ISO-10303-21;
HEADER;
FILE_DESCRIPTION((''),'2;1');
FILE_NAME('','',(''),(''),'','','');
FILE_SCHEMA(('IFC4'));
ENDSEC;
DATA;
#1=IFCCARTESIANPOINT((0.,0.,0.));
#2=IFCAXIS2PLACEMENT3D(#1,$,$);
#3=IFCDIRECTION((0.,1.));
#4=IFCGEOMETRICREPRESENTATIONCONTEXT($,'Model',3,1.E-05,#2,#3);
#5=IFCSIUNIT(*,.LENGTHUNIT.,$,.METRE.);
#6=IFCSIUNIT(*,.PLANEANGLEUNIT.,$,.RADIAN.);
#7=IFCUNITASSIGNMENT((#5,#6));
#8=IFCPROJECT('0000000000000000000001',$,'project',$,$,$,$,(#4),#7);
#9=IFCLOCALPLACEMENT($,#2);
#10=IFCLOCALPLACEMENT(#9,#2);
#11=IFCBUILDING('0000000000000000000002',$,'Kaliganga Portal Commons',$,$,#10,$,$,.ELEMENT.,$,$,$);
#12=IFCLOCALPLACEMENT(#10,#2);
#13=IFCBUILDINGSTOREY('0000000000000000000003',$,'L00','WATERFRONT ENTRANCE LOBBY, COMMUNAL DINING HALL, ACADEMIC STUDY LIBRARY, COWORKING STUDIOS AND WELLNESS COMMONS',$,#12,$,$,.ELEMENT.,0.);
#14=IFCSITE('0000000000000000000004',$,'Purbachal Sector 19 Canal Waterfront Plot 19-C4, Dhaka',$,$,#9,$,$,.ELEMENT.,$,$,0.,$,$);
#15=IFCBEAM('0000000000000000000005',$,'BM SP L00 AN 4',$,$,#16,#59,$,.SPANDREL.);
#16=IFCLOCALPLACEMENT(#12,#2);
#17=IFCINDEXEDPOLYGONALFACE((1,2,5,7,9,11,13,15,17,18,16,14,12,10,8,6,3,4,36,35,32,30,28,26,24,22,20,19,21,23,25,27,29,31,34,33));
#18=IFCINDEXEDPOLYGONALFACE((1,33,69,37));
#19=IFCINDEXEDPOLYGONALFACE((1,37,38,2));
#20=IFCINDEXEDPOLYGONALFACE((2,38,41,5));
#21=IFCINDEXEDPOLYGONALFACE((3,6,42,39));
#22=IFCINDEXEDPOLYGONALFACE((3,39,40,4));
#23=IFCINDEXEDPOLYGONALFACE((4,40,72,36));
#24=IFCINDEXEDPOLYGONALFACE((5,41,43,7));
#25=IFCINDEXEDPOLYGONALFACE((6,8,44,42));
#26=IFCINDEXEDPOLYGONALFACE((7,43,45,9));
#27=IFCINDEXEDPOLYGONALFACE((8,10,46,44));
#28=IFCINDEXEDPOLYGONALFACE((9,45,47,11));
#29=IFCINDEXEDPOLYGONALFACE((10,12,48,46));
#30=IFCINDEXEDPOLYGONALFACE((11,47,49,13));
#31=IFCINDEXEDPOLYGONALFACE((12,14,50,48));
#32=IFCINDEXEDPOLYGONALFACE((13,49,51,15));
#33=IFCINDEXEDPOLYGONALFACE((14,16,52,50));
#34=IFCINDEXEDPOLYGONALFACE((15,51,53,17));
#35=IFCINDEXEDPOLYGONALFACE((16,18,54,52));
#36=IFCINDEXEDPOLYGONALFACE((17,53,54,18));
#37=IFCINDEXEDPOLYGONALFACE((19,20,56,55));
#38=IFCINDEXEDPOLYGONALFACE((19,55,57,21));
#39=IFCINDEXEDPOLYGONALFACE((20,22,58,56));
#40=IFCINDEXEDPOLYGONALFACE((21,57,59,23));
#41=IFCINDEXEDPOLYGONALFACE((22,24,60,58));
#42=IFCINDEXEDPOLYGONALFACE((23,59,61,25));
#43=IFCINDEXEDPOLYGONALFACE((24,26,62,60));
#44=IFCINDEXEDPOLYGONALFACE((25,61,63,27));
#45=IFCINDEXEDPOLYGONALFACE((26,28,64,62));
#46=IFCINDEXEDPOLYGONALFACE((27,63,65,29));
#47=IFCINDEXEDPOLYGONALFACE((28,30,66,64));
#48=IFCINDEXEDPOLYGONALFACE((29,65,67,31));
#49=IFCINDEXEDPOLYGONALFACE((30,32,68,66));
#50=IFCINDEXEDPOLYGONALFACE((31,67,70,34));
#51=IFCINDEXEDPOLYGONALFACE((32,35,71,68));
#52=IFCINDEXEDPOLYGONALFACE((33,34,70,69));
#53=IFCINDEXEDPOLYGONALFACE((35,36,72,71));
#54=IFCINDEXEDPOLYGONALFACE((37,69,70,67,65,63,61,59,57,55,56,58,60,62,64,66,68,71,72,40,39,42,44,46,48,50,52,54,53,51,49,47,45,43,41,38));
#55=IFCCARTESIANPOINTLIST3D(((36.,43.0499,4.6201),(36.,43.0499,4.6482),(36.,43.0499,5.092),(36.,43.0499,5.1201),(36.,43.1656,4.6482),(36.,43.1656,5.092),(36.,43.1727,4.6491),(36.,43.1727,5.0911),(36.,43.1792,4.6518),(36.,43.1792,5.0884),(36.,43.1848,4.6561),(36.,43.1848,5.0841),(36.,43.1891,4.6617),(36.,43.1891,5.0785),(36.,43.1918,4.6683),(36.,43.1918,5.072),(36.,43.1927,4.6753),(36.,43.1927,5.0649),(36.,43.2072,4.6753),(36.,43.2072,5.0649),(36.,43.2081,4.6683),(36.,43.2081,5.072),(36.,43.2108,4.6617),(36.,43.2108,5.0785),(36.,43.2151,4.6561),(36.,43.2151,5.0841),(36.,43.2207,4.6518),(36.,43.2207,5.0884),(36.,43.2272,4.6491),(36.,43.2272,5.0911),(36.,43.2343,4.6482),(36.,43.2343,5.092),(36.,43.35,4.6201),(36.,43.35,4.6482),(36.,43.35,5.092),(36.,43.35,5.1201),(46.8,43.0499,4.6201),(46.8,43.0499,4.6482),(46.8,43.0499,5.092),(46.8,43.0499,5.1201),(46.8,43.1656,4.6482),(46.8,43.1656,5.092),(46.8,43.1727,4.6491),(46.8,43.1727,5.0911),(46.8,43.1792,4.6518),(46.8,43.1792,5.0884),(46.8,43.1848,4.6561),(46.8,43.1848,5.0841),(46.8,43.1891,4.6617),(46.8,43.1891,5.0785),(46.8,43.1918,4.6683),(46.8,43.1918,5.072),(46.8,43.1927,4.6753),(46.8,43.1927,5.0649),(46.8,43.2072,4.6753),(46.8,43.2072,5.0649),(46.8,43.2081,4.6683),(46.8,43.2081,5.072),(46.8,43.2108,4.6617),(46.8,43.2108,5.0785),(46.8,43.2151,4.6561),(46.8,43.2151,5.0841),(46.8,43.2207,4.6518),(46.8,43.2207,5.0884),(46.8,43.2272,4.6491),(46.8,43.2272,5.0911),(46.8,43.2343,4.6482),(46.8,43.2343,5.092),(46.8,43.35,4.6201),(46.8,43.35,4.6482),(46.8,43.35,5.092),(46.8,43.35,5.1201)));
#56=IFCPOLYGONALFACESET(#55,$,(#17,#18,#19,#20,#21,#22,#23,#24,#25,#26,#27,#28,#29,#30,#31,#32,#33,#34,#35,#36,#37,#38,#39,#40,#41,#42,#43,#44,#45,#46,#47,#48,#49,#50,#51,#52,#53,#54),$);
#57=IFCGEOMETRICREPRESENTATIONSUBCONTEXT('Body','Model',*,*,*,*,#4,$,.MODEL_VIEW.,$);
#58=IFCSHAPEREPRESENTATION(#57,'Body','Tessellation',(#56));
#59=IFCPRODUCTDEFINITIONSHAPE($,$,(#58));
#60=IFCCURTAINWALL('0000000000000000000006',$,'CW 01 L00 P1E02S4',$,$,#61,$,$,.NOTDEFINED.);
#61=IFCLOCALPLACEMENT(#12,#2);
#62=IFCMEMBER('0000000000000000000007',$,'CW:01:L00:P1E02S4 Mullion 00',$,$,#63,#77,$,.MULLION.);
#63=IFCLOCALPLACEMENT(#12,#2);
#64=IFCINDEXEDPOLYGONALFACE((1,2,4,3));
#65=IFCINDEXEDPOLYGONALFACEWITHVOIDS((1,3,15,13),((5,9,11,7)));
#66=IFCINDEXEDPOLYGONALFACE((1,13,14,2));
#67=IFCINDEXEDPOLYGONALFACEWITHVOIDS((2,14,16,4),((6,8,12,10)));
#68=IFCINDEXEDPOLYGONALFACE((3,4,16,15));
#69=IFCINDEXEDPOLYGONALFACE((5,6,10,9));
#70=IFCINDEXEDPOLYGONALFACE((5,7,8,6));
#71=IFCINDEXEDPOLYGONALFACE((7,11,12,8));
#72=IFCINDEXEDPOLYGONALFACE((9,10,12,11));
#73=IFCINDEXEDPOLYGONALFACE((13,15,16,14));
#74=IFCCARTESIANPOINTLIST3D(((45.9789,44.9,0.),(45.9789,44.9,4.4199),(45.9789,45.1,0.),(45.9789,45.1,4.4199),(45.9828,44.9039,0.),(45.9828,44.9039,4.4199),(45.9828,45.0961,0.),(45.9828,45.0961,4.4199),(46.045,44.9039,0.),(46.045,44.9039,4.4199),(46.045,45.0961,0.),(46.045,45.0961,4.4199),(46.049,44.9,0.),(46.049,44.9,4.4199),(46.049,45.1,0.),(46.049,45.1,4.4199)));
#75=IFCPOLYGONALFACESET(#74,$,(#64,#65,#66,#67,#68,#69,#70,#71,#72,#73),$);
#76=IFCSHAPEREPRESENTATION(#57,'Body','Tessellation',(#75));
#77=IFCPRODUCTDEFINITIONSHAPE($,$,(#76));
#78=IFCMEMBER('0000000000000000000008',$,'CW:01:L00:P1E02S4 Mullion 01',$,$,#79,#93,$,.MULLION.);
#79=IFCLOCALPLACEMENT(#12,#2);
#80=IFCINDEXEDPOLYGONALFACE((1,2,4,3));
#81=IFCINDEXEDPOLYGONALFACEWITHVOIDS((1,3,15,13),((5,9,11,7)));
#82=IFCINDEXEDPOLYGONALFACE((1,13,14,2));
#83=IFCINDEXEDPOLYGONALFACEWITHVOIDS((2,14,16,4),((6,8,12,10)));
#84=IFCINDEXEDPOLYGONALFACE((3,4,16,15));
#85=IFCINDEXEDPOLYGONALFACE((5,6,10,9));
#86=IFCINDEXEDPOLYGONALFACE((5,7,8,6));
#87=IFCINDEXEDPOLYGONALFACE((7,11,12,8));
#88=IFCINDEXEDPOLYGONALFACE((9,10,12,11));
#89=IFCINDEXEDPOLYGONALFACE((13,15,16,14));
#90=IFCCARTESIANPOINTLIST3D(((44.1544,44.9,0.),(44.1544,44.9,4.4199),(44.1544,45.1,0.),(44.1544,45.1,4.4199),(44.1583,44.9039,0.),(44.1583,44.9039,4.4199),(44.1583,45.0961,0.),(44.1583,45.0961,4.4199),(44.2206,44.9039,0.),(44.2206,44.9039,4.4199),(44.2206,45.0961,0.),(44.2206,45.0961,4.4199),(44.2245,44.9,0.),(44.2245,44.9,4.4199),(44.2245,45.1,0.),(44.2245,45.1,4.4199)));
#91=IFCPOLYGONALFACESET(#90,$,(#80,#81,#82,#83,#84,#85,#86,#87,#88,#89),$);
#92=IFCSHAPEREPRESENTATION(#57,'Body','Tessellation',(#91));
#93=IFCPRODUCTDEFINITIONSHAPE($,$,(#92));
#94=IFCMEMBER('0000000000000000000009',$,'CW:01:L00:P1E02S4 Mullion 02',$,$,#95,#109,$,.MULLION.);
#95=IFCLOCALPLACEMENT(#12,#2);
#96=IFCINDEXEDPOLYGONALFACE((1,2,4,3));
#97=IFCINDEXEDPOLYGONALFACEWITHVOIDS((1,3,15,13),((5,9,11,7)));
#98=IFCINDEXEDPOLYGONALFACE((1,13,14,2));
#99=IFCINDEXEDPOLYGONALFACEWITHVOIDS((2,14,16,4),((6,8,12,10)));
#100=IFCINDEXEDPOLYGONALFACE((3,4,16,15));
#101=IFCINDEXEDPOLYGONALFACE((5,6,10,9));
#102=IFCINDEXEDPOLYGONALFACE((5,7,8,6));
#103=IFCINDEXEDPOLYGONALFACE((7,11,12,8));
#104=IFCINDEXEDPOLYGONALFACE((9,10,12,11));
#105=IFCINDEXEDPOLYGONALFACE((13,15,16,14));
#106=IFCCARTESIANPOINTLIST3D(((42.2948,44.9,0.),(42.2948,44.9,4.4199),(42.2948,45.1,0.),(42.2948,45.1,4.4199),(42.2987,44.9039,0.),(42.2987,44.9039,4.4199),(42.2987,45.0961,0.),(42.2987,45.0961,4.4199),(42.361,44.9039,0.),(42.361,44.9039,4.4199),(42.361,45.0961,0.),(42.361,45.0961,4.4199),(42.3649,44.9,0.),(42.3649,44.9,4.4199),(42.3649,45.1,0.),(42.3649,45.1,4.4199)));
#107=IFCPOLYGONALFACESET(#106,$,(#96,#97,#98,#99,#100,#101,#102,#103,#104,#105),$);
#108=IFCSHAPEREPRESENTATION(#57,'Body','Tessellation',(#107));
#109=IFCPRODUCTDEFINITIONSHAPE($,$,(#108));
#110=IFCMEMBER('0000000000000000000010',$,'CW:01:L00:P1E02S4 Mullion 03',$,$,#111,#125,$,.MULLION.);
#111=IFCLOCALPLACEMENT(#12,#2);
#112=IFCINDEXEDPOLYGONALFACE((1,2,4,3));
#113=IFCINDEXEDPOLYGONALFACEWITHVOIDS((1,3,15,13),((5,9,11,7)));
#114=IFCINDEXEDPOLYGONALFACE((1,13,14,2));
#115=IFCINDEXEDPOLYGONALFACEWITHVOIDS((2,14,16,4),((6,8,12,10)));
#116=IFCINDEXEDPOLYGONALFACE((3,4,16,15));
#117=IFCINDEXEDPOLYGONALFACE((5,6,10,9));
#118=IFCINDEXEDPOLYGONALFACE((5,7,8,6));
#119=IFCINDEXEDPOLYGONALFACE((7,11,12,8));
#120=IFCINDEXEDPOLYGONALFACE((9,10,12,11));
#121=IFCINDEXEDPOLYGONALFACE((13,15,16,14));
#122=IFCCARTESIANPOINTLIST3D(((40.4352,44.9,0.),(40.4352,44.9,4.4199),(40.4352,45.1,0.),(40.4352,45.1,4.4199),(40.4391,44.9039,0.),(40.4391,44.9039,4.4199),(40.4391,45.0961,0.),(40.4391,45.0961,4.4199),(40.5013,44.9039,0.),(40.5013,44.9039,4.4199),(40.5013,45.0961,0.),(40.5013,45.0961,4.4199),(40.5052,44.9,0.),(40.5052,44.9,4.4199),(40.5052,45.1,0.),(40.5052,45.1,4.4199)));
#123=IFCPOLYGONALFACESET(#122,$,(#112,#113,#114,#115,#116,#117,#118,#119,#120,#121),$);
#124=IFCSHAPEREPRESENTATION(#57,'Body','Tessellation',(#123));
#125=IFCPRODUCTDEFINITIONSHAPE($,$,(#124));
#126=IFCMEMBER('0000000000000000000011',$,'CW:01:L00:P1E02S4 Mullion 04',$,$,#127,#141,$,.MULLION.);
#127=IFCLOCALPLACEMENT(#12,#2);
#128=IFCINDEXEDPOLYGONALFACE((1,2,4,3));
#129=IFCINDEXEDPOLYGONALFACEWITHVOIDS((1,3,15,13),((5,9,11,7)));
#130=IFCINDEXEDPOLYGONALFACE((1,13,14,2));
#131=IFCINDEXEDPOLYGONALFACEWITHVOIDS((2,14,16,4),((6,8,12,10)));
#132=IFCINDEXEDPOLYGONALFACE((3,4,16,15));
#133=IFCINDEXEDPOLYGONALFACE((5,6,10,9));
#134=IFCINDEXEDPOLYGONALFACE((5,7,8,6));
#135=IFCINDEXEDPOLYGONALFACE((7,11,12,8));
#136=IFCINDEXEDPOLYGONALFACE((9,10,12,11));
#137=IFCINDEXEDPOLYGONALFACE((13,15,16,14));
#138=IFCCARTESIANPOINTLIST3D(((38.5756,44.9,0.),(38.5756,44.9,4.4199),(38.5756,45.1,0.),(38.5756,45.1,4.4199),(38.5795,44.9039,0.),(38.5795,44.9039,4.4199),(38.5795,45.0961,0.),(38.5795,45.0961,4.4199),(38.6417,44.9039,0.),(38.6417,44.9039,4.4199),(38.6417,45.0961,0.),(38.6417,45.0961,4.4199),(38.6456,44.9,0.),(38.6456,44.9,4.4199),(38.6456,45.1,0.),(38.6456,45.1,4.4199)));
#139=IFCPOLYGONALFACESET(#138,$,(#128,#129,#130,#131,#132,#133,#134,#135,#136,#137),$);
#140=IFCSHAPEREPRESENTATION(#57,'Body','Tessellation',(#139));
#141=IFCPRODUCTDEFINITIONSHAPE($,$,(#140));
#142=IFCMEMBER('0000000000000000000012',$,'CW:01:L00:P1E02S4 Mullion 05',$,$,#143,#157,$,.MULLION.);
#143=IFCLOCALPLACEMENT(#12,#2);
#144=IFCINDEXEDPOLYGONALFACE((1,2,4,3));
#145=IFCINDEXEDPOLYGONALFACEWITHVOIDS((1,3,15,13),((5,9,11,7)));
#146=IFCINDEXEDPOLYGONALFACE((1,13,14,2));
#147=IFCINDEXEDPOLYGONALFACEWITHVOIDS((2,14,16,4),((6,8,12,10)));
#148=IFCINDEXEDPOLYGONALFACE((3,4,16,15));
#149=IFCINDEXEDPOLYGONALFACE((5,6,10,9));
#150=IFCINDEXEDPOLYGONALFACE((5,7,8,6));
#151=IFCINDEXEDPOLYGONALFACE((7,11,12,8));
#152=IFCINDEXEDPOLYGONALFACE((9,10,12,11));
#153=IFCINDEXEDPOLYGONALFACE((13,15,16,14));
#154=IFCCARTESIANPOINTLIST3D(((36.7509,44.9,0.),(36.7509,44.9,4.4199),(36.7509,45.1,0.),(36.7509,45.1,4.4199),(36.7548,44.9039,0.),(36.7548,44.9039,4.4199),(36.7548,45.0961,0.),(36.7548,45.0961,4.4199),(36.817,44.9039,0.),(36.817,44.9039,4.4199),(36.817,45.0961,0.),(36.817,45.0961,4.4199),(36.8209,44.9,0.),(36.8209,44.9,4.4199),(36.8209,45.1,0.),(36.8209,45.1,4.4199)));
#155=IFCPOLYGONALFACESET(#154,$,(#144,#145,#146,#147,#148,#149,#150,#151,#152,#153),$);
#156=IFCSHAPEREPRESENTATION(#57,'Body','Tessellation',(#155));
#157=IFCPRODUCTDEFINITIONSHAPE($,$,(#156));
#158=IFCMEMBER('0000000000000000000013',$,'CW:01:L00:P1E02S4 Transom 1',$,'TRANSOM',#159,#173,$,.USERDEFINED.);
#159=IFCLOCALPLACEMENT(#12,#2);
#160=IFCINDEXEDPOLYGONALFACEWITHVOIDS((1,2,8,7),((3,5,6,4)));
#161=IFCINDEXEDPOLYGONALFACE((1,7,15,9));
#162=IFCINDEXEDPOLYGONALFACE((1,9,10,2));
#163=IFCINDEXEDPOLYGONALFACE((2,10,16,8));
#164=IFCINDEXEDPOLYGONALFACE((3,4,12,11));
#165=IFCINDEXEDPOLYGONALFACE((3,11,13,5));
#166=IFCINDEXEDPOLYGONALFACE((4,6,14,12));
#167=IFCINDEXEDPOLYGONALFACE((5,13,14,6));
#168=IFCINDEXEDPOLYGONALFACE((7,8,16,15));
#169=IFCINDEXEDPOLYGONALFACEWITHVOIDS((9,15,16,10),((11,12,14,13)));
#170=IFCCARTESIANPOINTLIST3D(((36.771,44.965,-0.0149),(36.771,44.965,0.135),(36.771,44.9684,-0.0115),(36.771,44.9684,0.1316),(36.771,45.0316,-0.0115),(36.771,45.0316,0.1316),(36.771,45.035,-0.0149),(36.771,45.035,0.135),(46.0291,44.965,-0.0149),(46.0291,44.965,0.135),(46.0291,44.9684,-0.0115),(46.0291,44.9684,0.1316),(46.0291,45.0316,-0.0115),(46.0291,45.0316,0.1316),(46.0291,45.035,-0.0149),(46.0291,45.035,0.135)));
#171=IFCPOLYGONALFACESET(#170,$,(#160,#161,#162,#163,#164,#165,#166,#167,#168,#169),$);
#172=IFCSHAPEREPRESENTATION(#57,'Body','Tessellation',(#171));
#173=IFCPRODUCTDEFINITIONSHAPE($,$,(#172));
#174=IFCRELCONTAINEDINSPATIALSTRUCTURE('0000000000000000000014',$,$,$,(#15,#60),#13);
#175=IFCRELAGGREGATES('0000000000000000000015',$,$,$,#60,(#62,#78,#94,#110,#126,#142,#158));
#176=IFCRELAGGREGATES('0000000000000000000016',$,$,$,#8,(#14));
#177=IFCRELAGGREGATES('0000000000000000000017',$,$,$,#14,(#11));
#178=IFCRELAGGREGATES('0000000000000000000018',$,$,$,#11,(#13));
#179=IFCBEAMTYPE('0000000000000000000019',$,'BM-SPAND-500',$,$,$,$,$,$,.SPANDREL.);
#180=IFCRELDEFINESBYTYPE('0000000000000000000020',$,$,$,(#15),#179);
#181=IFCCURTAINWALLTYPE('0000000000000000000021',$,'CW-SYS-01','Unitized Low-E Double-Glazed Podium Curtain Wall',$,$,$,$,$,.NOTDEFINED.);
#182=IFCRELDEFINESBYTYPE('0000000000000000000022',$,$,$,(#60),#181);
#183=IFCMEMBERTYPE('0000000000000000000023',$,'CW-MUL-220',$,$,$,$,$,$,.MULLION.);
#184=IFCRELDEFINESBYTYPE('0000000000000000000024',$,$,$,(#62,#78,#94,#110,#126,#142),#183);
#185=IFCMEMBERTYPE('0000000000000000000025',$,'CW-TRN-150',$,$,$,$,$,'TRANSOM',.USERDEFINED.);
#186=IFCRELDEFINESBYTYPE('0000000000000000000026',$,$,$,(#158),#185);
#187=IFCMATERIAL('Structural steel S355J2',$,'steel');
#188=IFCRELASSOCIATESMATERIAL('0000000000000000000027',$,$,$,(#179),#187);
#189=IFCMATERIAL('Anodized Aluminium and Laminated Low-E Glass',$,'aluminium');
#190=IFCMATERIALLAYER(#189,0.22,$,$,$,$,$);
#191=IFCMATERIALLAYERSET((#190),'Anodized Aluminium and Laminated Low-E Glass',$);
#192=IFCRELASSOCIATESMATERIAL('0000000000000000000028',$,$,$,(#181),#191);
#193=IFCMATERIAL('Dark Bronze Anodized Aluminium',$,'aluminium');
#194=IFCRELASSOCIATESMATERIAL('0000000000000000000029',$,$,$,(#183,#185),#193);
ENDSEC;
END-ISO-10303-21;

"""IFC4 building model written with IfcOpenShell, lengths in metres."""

from ifc_helpers import new_model, si_unit, direction, frame, origin, origin_2d, place, context, subcontext, project, spatial, hollow_rectangle, i_section, extrude, source, transform, mapped, material, layer, layer_set, material_profile, profile_set, type_object, element, aggregate, save


model = new_model("IFC4")

# Units and contexts
model_context = context("Model", 3, precision=1e-05, world=origin(), true_north=direction((0.0, 1.0)))
body_context = subcontext(model_context, "Body", "Model", "MODEL_VIEW")
ifc_project = project(units=[si_unit("LENGTHUNIT", "METRE"), si_unit("PLANEANGLEUNIT", "RADIAN")], contexts=[model_context])

# Site, building, storey
site_placement = place(None, origin())
site = spatial("IfcSite", under=ifc_project, at=site_placement, Name="Purbachal Sector 19 Canal Waterfront Plot 19-C4, Dhaka", CompositionType="ELEMENT", RefElevation=0.0)
building_placement = place(site_placement, origin())
building = spatial("IfcBuilding", under=site, at=building_placement, Name="Kaliganga Portal Commons", CompositionType="ELEMENT")
storey_placement = place(building_placement, origin())
storey = spatial("IfcBuildingStorey", under=building, at=storey_placement, Name="L00", Description="WATERFRONT ENTRANCE LOBBY, COMMUNAL DINING HALL, ACADEMIC STUDY LIBRARY, COWORKING STUDIOS AND WELLNESS COMMONS", CompositionType="ELEMENT", Elevation=0.0)

# Beam
ifc_material_1 = material(Name="Structural steel S355J2", Category="steel")
ifc_material_profile_1 = material_profile(ifc_material_1, i_section(OverallWidth=0.3, OverallDepth=0.5, WebThickness=0.0144, FlangeThickness=0.0281, FilletRadius=0.0271, at=origin_2d()), Name="HE 500 B")
ifc_profile_set_1 = profile_set([ifc_material_profile_1], Name="Structural steel S355J2 wide-flange")
beam_type_1 = type_object("IfcBeamType", Name="BM-SPAND-500", PredefinedType="SPANDREL", material=ifc_profile_set_1)
shared_shape_1 = source(origin(), body_context, "Body", "SweptSolid", [
    extrude(i_section(OverallWidth=0.3, OverallDepth=0.5, WebThickness=0.0144, FlangeThickness=0.0281, FilletRadius=0.0271, at=origin_2d()), origin(), (0.0, 0.0, 1.0), 10.8),
])
beam_1_placement = place(storey_placement, frame((36.0, 43.2, 4.8701), z_axis=(1.0, 0.0, 0.0), x_axis=(0.0, 1.0, 0.0)))
element("IfcBeam", 1, at=beam_1_placement, inside=storey, type_object=beam_type_1, Name="BM SP L00 AN 4", PredefinedType="SPANDREL", context=body_context, shape_type="MappedRepresentation", body=[
    mapped(shared_shape_1, transform((0.0, 0.0, 0.0), x_axis=(1.0, 0.0, 0.0), y_axis=(0.0, 1.0, 0.0), z_axis=(0.0, 0.0, 1.0), scale=1.0)),
])

# Curtain wall, members
ifc_material_2 = material(Name="Anodized Aluminium and Laminated Low-E Glass", Category="aluminium")
ifc_layer_1 = layer(ifc_material_2, 0.22)
ifc_layer_set_1 = layer_set([ifc_layer_1], Name="Anodized Aluminium and Laminated Low-E Glass")
curtain_wall_type = type_object("IfcCurtainWallType", Name="CW-SYS-01", Description="Unitized Low-E Double-Glazed Podium Curtain Wall", PredefinedType="NOTDEFINED", material=ifc_layer_set_1)
curtain_wall_placement = place(storey_placement, origin())
curtain_wall = element("IfcCurtainWall", 2, at=curtain_wall_placement, inside=storey, type_object=curtain_wall_type, Name="CW 01 L00 P1E02S4", PredefinedType="NOTDEFINED")
ifc_material_3 = material(Name="Dark Bronze Anodized Aluminium", Category="aluminium")
ifc_material_profile_2 = material_profile(ifc_material_3, hollow_rectangle(XDim=0.0701, YDim=0.2, WallThickness=0.0039, at=origin_2d()), Name="ALU MULL 70x200x4")
ifc_profile_set_2 = profile_set([ifc_material_profile_2], Name="Dark Bronze Anodized Aluminium")
member_type_1 = type_object("IfcMemberType", Name="CW-MUL-220", PredefinedType="MULLION", material=ifc_profile_set_2)
shared_shape_2 = source(origin(), body_context, "Body", "SweptSolid", [
    extrude(hollow_rectangle(XDim=0.0701, YDim=0.2, WallThickness=0.0039, at=origin_2d()), origin(), (0.0, 0.0, 1.0), 4.4199),
])
member_1_placement = place(storey_placement, frame((46.0139, 45.0, 0.0), z_axis=(0.0, 0.0, 1.0), x_axis=(-1.0, 0.0, 0.0)))
member_1 = element("IfcMember", 3, at=member_1_placement, type_object=member_type_1, Name="CW:01:L00:P1E02S4 Mullion 00", PredefinedType="MULLION", context=body_context, shape_type="MappedRepresentation", body=[
    mapped(shared_shape_2, transform((0.0, 0.0, 0.0), x_axis=(1.0, 0.0, 0.0), y_axis=(0.0, 1.0, 0.0), z_axis=(0.0, 0.0, 1.0), scale=1.0)),
])
member_2_placement = place(storey_placement, frame((44.1895, 45.0, 0.0), z_axis=(0.0, 0.0, 1.0), x_axis=(-1.0, 0.0, 0.0)))
member_2 = element("IfcMember", 4, at=member_2_placement, type_object=member_type_1, Name="CW:01:L00:P1E02S4 Mullion 01", PredefinedType="MULLION", context=body_context, shape_type="MappedRepresentation", body=[
    mapped(shared_shape_2, transform((0.0, 0.0, 0.0), x_axis=(1.0, 0.0, 0.0), y_axis=(0.0, 1.0, 0.0), z_axis=(0.0, 0.0, 1.0), scale=1.0)),
])
member_3_placement = place(storey_placement, frame((42.3298, 45.0, 0.0), z_axis=(0.0, 0.0, 1.0), x_axis=(-1.0, 0.0, 0.0)))
member_3 = element("IfcMember", 5, at=member_3_placement, type_object=member_type_1, Name="CW:01:L00:P1E02S4 Mullion 02", PredefinedType="MULLION", context=body_context, shape_type="MappedRepresentation", body=[
    mapped(shared_shape_2, transform((0.0, 0.0, 0.0), x_axis=(1.0, 0.0, 0.0), y_axis=(0.0, 1.0, 0.0), z_axis=(0.0, 0.0, 1.0), scale=1.0)),
])
member_4_placement = place(storey_placement, frame((40.4702, 45.0, 0.0), z_axis=(0.0, 0.0, 1.0), x_axis=(-1.0, 0.0, 0.0)))
member_4 = element("IfcMember", 6, at=member_4_placement, type_object=member_type_1, Name="CW:01:L00:P1E02S4 Mullion 03", PredefinedType="MULLION", context=body_context, shape_type="MappedRepresentation", body=[
    mapped(shared_shape_2, transform((0.0, 0.0, 0.0), x_axis=(1.0, 0.0, 0.0), y_axis=(0.0, 1.0, 0.0), z_axis=(0.0, 0.0, 1.0), scale=1.0)),
])
member_5_placement = place(storey_placement, frame((38.6106, 45.0, 0.0), z_axis=(0.0, 0.0, 1.0), x_axis=(-1.0, 0.0, 0.0)))
member_5 = element("IfcMember", 7, at=member_5_placement, type_object=member_type_1, Name="CW:01:L00:P1E02S4 Mullion 04", PredefinedType="MULLION", context=body_context, shape_type="MappedRepresentation", body=[
    mapped(shared_shape_2, transform((0.0, 0.0, 0.0), x_axis=(1.0, 0.0, 0.0), y_axis=(0.0, 1.0, 0.0), z_axis=(0.0, 0.0, 1.0), scale=1.0)),
])
member_6_placement = place(storey_placement, frame((36.7859, 45.0, 0.0), z_axis=(0.0, 0.0, 1.0), x_axis=(-1.0, 0.0, 0.0)))
member_6 = element("IfcMember", 8, at=member_6_placement, type_object=member_type_1, Name="CW:01:L00:P1E02S4 Mullion 05", PredefinedType="MULLION", context=body_context, shape_type="MappedRepresentation", body=[
    mapped(shared_shape_2, transform((0.0, 0.0, 0.0), x_axis=(1.0, 0.0, 0.0), y_axis=(0.0, 1.0, 0.0), z_axis=(0.0, 0.0, 1.0), scale=1.0)),
])
ifc_material_profile_3 = material_profile(ifc_material_3, hollow_rectangle(XDim=0.0701, YDim=0.1499, WallThickness=0.0034, at=origin_2d()), Name="ALU TRAN 70x150x3.5")
ifc_profile_set_3 = profile_set([ifc_material_profile_3], Name="Dark Bronze Anodized Aluminium")
member_type_2 = type_object("IfcMemberType", Name="CW-TRN-150", ElementType="TRANSOM", PredefinedType="USERDEFINED", material=ifc_profile_set_3)
shared_shape_3 = source(origin(), body_context, "Body", "SweptSolid", [
    extrude(hollow_rectangle(XDim=0.0701, YDim=0.1499, WallThickness=0.0034, at=origin_2d()), origin(), (0.0, 0.0, 1.0), 9.2581),
])
member_7_placement = place(storey_placement, frame((46.0291, 45.0, 0.0601), z_axis=(-1.0, 0.0, 0.0), x_axis=(0.0, -1.0, 0.0)))
member_7 = element("IfcMember", 9, at=member_7_placement, type_object=member_type_2, Name="CW:01:L00:P1E02S4 Transom 1", ObjectType="TRANSOM", PredefinedType="USERDEFINED", context=body_context, shape_type="MappedRepresentation", body=[
    mapped(shared_shape_3, transform((0.0, 0.0, 0.0), x_axis=(1.0, 0.0, 0.0), y_axis=(0.0, 1.0, 0.0), z_axis=(0.0, 0.0, 1.0), scale=1.0)),
])
aggregate(curtain_wall, [member_1, member_2, member_3, member_4, member_5, member_6, member_7])

save(model, "model.ifc")
